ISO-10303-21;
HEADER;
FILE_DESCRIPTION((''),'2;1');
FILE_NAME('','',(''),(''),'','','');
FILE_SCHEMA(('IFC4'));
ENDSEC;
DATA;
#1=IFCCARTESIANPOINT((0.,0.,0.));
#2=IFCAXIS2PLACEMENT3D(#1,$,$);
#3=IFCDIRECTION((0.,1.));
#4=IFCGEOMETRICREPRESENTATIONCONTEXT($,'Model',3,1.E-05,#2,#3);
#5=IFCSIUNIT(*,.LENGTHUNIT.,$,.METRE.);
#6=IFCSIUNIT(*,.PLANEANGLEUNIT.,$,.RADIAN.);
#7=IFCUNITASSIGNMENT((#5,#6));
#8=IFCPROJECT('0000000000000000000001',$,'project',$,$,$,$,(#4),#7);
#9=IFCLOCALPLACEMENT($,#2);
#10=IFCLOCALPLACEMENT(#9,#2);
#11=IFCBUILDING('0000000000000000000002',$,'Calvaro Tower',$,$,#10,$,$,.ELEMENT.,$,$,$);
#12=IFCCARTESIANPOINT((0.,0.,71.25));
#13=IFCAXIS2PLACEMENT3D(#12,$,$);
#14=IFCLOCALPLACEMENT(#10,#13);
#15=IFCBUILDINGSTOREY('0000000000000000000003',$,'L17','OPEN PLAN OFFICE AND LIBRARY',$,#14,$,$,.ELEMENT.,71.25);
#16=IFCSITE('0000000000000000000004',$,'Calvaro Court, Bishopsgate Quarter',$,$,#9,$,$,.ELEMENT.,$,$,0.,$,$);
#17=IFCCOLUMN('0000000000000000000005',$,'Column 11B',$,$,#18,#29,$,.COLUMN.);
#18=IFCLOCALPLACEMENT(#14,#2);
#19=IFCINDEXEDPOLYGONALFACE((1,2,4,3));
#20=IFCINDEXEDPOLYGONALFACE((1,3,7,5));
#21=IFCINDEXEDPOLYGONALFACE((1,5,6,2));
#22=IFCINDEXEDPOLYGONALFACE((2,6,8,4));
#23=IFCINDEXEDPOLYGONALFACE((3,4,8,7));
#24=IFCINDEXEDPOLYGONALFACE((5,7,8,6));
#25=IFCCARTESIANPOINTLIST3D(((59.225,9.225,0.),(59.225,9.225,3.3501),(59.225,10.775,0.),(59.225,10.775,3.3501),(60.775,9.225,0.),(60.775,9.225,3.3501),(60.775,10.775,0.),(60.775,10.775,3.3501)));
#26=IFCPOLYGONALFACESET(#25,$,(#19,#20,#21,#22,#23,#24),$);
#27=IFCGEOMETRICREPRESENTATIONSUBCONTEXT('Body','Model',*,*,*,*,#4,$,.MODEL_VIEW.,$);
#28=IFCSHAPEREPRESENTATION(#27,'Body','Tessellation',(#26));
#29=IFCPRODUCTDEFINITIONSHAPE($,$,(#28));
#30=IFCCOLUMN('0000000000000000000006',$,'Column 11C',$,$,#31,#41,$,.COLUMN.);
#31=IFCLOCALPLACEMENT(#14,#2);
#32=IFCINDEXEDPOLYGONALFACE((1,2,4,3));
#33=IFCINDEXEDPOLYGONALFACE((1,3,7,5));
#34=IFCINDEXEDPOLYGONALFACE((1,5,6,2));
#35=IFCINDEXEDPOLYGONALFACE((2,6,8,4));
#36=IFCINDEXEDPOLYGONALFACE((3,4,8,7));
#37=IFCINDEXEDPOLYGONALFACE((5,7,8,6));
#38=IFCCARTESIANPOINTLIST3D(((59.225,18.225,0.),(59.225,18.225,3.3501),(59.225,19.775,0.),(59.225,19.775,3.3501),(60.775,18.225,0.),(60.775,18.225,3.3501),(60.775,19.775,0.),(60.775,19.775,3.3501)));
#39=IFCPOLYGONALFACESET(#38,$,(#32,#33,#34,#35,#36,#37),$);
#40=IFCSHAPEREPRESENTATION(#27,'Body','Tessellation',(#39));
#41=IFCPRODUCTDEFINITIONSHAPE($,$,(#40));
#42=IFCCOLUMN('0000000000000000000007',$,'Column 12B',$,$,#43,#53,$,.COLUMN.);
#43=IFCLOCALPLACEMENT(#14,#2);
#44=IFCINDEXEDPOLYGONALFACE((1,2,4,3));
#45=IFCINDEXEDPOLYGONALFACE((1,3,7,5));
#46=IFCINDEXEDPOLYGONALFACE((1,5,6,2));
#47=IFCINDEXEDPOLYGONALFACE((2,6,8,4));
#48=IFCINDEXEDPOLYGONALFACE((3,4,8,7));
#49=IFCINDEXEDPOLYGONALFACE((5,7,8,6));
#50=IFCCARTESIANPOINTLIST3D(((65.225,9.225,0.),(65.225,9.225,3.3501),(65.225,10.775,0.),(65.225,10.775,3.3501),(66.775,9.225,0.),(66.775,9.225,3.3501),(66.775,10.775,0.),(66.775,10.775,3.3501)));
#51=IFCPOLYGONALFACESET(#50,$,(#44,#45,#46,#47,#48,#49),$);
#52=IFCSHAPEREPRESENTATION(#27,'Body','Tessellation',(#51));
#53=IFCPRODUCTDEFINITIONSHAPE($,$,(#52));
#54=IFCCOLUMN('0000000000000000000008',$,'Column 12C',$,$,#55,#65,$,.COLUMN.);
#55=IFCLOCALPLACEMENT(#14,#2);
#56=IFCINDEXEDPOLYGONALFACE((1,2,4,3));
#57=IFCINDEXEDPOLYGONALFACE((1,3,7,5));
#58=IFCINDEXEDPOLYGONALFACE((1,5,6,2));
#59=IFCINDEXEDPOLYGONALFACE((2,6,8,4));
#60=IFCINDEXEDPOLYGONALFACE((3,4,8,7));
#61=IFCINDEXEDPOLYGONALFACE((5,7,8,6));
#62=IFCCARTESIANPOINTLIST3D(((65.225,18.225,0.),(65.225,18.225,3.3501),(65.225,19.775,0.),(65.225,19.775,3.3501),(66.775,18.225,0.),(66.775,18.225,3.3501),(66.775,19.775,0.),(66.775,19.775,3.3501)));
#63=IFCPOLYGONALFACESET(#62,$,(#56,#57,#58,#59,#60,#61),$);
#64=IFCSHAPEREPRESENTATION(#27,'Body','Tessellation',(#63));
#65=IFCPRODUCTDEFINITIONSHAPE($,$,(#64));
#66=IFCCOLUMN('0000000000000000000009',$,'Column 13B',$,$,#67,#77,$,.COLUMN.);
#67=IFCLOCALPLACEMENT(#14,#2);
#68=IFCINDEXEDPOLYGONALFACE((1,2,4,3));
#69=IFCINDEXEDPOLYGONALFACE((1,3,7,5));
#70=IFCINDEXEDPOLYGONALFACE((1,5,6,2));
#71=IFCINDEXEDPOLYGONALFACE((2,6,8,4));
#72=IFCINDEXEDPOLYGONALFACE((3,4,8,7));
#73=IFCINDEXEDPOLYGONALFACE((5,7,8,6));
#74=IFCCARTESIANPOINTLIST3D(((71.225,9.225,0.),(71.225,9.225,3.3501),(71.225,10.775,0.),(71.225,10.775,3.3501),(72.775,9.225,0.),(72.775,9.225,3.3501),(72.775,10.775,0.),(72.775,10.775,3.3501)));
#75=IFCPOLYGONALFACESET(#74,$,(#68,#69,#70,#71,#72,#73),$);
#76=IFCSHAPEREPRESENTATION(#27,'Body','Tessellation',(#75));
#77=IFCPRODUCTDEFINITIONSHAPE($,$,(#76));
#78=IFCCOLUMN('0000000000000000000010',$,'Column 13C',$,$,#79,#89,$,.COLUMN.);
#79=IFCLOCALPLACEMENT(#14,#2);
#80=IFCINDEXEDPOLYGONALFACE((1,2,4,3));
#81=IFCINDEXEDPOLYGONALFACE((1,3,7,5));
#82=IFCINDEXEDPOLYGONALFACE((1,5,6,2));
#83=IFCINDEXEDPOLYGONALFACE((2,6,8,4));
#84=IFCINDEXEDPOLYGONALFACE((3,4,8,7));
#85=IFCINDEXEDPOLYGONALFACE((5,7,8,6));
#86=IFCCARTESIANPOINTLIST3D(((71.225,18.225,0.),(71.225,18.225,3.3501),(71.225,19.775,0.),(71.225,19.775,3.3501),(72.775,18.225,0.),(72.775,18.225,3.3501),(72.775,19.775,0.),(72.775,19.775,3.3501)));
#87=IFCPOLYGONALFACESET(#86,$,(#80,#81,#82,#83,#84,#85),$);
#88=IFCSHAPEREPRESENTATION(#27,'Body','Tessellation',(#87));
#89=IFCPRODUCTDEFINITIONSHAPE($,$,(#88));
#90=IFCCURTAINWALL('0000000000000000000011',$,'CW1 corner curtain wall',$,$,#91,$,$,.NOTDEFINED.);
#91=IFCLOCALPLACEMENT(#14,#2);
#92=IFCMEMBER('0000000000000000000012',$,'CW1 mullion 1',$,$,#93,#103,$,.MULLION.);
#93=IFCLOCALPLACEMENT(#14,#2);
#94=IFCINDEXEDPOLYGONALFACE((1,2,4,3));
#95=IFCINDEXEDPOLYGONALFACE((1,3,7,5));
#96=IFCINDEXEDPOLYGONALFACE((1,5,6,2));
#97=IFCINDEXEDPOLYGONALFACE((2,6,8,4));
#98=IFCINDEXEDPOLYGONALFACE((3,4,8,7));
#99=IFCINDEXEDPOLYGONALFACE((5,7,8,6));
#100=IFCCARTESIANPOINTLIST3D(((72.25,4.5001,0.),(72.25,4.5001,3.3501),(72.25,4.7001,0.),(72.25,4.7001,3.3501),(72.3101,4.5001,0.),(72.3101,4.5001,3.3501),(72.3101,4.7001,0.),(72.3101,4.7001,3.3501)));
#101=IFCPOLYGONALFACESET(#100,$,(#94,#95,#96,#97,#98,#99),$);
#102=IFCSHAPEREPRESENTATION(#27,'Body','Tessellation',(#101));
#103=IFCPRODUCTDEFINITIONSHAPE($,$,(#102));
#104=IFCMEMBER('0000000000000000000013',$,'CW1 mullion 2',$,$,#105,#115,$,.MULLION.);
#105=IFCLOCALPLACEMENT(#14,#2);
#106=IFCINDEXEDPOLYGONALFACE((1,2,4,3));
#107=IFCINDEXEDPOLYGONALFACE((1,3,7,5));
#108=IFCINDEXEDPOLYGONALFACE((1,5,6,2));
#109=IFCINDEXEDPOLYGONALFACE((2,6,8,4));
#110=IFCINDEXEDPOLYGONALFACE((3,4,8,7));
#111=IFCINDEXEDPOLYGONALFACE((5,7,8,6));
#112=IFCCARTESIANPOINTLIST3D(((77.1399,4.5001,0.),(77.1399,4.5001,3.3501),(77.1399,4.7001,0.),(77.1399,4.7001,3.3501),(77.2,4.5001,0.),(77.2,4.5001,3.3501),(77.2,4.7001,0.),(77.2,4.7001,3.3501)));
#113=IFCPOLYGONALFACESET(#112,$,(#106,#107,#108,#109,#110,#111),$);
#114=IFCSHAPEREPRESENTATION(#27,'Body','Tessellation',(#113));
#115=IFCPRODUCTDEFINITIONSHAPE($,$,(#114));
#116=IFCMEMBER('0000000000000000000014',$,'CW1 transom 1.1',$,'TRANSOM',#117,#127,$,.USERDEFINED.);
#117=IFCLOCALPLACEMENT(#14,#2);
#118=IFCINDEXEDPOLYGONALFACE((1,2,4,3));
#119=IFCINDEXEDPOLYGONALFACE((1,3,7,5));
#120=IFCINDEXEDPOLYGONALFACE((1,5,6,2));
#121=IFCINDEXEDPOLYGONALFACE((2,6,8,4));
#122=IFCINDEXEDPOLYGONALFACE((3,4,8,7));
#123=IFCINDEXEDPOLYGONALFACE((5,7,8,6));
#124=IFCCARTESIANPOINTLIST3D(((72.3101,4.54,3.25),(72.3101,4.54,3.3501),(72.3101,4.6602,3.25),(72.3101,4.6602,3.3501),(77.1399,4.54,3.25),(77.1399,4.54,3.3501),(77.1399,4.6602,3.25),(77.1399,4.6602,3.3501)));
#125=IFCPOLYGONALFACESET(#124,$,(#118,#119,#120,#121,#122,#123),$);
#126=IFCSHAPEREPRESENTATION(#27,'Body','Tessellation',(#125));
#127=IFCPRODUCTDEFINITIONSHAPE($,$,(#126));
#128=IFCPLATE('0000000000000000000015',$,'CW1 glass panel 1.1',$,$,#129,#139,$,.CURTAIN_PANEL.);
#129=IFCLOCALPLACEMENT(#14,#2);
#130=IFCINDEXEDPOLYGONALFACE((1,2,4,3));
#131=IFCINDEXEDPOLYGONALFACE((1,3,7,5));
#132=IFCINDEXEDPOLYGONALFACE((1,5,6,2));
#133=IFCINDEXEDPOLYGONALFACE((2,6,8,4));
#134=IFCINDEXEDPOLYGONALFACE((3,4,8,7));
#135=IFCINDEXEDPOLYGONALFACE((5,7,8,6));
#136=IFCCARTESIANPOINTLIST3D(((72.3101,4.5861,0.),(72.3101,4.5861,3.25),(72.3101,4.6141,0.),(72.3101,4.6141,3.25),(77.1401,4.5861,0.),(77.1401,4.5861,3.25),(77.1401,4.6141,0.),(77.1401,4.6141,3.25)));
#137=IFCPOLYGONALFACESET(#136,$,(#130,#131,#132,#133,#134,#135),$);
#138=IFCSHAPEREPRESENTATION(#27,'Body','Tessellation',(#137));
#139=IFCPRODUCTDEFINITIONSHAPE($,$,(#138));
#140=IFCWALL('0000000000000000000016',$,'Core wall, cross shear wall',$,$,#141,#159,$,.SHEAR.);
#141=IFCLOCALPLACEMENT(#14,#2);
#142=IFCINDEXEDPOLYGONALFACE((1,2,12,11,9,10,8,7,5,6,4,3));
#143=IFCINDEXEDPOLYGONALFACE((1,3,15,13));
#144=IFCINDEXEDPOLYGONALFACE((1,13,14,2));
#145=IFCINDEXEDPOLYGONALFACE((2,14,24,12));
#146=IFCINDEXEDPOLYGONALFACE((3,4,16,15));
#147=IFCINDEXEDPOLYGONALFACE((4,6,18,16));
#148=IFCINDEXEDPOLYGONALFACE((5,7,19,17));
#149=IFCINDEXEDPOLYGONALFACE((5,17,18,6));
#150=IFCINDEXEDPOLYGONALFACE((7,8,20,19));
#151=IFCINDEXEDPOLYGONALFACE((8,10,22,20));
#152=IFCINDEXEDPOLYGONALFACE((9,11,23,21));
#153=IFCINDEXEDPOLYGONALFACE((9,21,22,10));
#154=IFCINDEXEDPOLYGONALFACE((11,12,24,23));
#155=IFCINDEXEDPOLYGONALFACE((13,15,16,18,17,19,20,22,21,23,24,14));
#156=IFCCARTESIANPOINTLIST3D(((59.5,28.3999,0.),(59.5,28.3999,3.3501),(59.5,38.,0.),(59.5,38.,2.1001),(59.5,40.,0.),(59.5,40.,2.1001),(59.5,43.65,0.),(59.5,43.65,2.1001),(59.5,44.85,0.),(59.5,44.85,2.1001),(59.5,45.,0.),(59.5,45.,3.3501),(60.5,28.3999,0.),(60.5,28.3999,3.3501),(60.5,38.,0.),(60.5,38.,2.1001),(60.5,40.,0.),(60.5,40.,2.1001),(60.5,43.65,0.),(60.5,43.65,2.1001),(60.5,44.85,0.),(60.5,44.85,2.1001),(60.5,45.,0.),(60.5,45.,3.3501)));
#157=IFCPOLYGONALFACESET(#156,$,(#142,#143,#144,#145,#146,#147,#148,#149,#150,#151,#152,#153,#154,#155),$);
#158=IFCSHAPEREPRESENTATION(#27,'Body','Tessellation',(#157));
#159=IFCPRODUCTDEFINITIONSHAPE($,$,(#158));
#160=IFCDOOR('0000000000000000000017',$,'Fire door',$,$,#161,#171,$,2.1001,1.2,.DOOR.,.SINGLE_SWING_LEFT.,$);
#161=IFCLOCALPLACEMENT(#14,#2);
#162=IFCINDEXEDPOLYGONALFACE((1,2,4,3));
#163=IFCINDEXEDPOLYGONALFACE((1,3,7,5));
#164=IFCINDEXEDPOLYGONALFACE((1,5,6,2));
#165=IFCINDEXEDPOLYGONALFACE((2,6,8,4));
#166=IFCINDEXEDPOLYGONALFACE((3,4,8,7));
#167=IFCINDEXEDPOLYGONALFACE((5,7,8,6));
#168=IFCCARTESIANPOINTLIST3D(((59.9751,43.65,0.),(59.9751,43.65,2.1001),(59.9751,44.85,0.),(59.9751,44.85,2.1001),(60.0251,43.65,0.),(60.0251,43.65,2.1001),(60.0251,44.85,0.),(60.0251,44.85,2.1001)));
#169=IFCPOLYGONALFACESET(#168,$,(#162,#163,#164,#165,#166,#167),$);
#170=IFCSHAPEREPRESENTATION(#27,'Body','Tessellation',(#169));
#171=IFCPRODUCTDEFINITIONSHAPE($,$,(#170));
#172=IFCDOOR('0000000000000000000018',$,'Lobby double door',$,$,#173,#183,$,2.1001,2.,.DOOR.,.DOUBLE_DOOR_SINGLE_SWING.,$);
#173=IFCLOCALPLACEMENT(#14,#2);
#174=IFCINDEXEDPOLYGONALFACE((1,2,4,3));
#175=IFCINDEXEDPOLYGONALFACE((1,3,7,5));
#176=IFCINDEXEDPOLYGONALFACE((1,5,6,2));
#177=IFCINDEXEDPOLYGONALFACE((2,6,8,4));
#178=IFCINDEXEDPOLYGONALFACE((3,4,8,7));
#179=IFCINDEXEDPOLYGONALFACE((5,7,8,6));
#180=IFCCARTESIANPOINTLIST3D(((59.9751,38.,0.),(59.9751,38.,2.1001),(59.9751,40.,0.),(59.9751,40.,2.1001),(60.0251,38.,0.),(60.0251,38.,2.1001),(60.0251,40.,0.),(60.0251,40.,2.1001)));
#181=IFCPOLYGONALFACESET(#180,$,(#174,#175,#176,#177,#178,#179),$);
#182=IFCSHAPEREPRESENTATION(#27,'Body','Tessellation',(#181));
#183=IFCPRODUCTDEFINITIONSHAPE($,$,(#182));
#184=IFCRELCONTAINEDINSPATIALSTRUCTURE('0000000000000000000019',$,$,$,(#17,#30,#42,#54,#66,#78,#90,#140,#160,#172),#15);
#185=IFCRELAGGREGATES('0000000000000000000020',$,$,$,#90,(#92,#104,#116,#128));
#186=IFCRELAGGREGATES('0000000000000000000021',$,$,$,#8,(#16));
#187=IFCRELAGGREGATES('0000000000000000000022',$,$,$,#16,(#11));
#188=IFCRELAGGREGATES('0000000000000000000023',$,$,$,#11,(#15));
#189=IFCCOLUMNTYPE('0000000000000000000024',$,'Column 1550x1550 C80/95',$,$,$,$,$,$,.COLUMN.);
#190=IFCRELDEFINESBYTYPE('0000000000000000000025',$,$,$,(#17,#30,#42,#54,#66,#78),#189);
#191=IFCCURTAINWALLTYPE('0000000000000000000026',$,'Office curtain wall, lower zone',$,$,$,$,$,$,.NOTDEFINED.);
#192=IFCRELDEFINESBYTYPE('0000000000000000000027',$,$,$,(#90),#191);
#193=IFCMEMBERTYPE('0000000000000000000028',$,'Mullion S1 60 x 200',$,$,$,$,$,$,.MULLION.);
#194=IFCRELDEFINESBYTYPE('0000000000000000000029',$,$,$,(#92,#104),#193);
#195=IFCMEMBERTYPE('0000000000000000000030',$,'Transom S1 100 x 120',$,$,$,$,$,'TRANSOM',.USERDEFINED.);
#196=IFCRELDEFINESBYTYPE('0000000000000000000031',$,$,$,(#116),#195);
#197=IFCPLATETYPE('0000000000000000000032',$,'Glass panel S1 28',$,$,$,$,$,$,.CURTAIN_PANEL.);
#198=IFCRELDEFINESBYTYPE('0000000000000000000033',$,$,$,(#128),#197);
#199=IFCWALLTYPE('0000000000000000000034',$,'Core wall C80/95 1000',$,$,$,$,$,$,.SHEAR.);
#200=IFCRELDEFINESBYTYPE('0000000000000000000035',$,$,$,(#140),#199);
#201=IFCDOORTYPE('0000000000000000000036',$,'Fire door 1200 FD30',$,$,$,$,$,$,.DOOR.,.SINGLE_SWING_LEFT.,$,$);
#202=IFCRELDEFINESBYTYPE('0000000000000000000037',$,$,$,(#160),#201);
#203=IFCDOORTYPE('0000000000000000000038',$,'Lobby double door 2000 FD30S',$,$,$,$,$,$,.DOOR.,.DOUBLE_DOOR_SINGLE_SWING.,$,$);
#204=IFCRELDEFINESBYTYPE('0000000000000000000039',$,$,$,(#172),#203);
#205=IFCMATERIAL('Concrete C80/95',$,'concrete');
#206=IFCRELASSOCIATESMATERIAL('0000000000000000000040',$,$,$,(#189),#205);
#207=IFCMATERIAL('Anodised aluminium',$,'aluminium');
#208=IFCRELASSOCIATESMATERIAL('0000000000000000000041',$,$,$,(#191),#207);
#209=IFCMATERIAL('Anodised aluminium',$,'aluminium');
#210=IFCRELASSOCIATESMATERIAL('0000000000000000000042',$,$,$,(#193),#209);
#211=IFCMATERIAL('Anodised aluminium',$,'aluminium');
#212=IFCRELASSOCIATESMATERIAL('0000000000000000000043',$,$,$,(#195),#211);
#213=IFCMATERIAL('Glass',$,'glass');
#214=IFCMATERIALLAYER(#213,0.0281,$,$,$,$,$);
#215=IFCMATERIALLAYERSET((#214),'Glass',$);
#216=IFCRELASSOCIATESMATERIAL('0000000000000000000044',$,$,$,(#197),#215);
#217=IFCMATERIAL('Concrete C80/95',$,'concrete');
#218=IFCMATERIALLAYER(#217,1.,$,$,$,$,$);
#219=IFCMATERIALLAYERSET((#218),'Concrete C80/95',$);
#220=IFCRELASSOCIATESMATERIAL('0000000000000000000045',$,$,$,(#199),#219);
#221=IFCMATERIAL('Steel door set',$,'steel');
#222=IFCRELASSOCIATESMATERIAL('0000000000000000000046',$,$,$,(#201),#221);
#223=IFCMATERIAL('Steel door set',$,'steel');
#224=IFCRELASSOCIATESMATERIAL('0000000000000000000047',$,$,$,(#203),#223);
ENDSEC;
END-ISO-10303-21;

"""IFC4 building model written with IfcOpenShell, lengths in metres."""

from ifc_helpers import new_model, si_unit, direction, frame, frame_2d, origin, origin_2d, place, context, subcontext, project, spatial, rectangle, extrude, material, layer, layer_set, material_profile, profile_set, type_object, element, fill, aggregate, save


model = new_model("IFC4")

# Units and contexts
model_context = context("Model", 3, precision=1e-05, world=origin(), true_north=direction((0.0, 1.0)))
body_context = subcontext(model_context, "Body", "Model", "MODEL_VIEW")
ifc_project = project(units=[si_unit("LENGTHUNIT", "METRE"), si_unit("PLANEANGLEUNIT", "RADIAN")], contexts=[model_context])

# Site, building, storey
site_placement = place(None, origin())
site = spatial("IfcSite", under=ifc_project, at=site_placement, Name="Calvaro Court, Bishopsgate Quarter", CompositionType="ELEMENT", RefElevation=0.0)
building_placement = place(site_placement, origin())
building = spatial("IfcBuilding", under=site, at=building_placement, Name="Calvaro Tower", CompositionType="ELEMENT")
storey_placement = place(building_placement, frame((0.0, 0.0, 71.25)))
storey = spatial("IfcBuildingStorey", under=building, at=storey_placement, Name="L17", Description="OPEN PLAN OFFICE AND LIBRARY", CompositionType="ELEMENT", Elevation=71.25)

# Columns
ifc_material_1 = material(Name="Concrete C80/95", Category="concrete")
ifc_material_profile_1 = material_profile(ifc_material_1, rectangle(XDim=1.55, YDim=1.55, at=origin_2d()), Name="RC 1550x1550")
ifc_profile_set_1 = profile_set([ifc_material_profile_1], Name="Concrete C80/95")
column_type = type_object("IfcColumnType", Name="Column 1550x1550 C80/95", PredefinedType="COLUMN", material=ifc_profile_set_1)
for number, where, z_axis, x_axis, name in (
    (1, (60.0, 10.0, 0.0), (0.0, 0.0, 1.0), (1.0, 0.0, 0.0), "Column 11B"),
    (2, (60.0, 19.0, 0.0), (0.0, 0.0, 1.0), (1.0, 0.0, 0.0), "Column 11C"),
    (3, (66.0, 10.0, 0.0), (0.0, 0.0, 1.0), (1.0, 0.0, 0.0), "Column 12B"),
    (4, (66.0, 19.0, 0.0), (0.0, 0.0, 1.0), (1.0, 0.0, 0.0), "Column 12C"),
    (5, (72.0, 10.0, 0.0), (0.0, 0.0, 1.0), (1.0, 0.0, 0.0), "Column 13B"),
    (6, (72.0, 19.0, 0.0), (0.0, 0.0, 1.0), (1.0, 0.0, 0.0), "Column 13C"),
):
    element("IfcColumn", number, at=place(storey_placement, frame(where, z_axis=z_axis, x_axis=x_axis)), inside=storey, type_object=column_type, Name=name, PredefinedType="COLUMN", context=body_context, shape_type="SweptSolid", body=[
        extrude(rectangle(XDim=1.55, YDim=1.55, at=origin_2d()), origin(), (0.0, 0.0, 1.0), 3.3501),
    ])

# Curtain wall, members, plate
ifc_material_2 = material(Name="Anodised aluminium", Category="aluminium")
curtain_wall_type = type_object("IfcCurtainWallType", Name="Office curtain wall, lower zone", PredefinedType="NOTDEFINED", material=ifc_material_2)
curtain_wall_placement = place(storey_placement, origin())
curtain_wall = element("IfcCurtainWall", 7, at=curtain_wall_placement, inside=storey, type_object=curtain_wall_type, Name="CW1 corner curtain wall", PredefinedType="NOTDEFINED")
ifc_material_3 = material(Name="Anodised aluminium", Category="aluminium")
ifc_material_profile_2 = material_profile(ifc_material_3, rectangle(XDim=0.2, YDim=0.0601, at=origin_2d()), Name="Mullion S1 60 x 200")
ifc_profile_set_2 = profile_set([ifc_material_profile_2], Name="Anodised aluminium")
member_type_1 = type_object("IfcMemberType", Name="Mullion S1 60 x 200", PredefinedType="MULLION", material=ifc_profile_set_2)
member_1_placement = place(storey_placement, frame((72.28, 4.6001, 0.0), z_axis=(0.0, 0.0, 1.0), x_axis=(0.0, 1.0, 0.0)))
member_1 = element("IfcMember", 8, at=member_1_placement, type_object=member_type_1, Name="CW1 mullion 1", PredefinedType="MULLION", context=body_context, shape_type="SweptSolid", body=[
    extrude(rectangle(XDim=0.2, YDim=0.0601, at=origin_2d()), origin(), (0.0, 0.0, 1.0), 3.3501),
])
member_2_placement = place(storey_placement, frame((77.1699, 4.6001, 0.0), z_axis=(0.0, 0.0, 1.0), x_axis=(0.0, 1.0, 0.0)))
member_2 = element("IfcMember", 9, at=member_2_placement, type_object=member_type_1, Name="CW1 mullion 2", PredefinedType="MULLION", context=body_context, shape_type="SweptSolid", body=[
    extrude(rectangle(XDim=0.2, YDim=0.0601, at=origin_2d()), origin(), (0.0, 0.0, 1.0), 3.3501),
])
ifc_material_4 = material(Name="Anodised aluminium", Category="aluminium")
ifc_material_profile_3 = material_profile(ifc_material_4, rectangle(XDim=0.1201, YDim=0.1001, at=origin_2d()), Name="Transom S1 100 x 120")
ifc_profile_set_3 = profile_set([ifc_material_profile_3], Name="Anodised aluminium")
member_type_2 = type_object("IfcMemberType", Name="Transom S1 100 x 120", ElementType="TRANSOM", PredefinedType="USERDEFINED", material=ifc_profile_set_3)
member_3_placement = place(storey_placement, frame((72.3101, 4.6001, 3.3), z_axis=(1.0, 0.0, 0.0), x_axis=(0.0, 1.0, 0.0)))
member_3 = element("IfcMember", 10, at=member_3_placement, type_object=member_type_2, Name="CW1 transom 1.1", ObjectType="TRANSOM", PredefinedType="USERDEFINED", context=body_context, shape_type="SweptSolid", body=[
    extrude(rectangle(XDim=0.1201, YDim=0.1001, at=origin_2d()), origin(), (0.0, 0.0, 1.0), 4.8298),
])
ifc_material_5 = material(Name="Glass", Category="glass")
ifc_layer_1 = layer(ifc_material_5, 0.0281)
ifc_layer_set_1 = layer_set([ifc_layer_1], Name="Glass")
plate_type = type_object("IfcPlateType", Name="Glass panel S1 28", PredefinedType="CURTAIN_PANEL", material=ifc_layer_set_1)
plate_placement = place(storey_placement, frame((74.7251, 4.6001, 0.0), z_axis=(0.0, 0.0, 1.0), x_axis=(1.0, 0.0, 0.0)))
plate = element("IfcPlate", 11, at=plate_placement, type_object=plate_type, Name="CW1 glass panel 1.1", PredefinedType="CURTAIN_PANEL", context=body_context, shape_type="SweptSolid", body=[
    extrude(rectangle(XDim=4.8301, YDim=0.0281, at=origin_2d()), origin(), (0.0, 0.0, 1.0), 3.25),
])
aggregate(curtain_wall, [member_1, member_2, member_3, plate])

# Wall, openings, doors
ifc_material_6 = material(Name="Concrete C80/95", Category="concrete")
ifc_layer_2 = layer(ifc_material_6, 1.0)
ifc_layer_set_2 = layer_set([ifc_layer_2], Name="Concrete C80/95")
wall_type_1 = type_object("IfcWallType", Name="Core wall C80/95 1000", PredefinedType="SHEAR", material=ifc_layer_set_2)
wall_1_placement = place(storey_placement, frame((60.0, 28.3999, 0.0), z_axis=(0.0, 0.0, 1.0), x_axis=(0.0, 1.0, 0.0)))
wall_1 = element("IfcWall", 12, at=wall_1_placement, inside=storey, type_object=wall_type_1, Name="Core wall, cross shear wall", PredefinedType="SHEAR", context=body_context, shape_type="SweptSolid", body=[
    extrude(rectangle(XDim=16.6001, YDim=1.0, at=frame_2d((8.3, 0.0))), origin(), (0.0, 0.0, 1.0), 3.3501),
])
opening_1_placement = place(wall_1_placement, frame((9.6001, 0.0, 0.0)))
opening_1 = element("IfcOpeningElement", 13, at=opening_1_placement, cuts=wall_1, PredefinedType="OPENING", context=body_context, shape_type="SweptSolid", body=[
    extrude(rectangle(XDim=2.0, YDim=2.1001, at=frame_2d((1.0, 1.05))), frame((0.0, 0.51, 0.0), z_axis=(0.0, -1.0, 0.0), x_axis=(1.0, 0.0, 0.0)), (0.0, 0.0, 1.0), 1.02),
])
opening_2_placement = place(wall_1_placement, frame((15.25, 0.0, 0.0)))
opening_2 = element("IfcOpeningElement", 14, at=opening_2_placement, cuts=wall_1, PredefinedType="OPENING", context=body_context, shape_type="SweptSolid", body=[
    extrude(rectangle(XDim=1.2, YDim=2.1001, at=frame_2d((0.6001, 1.05))), frame((0.0, 0.51, 0.0), z_axis=(0.0, -1.0, 0.0), x_axis=(1.0, 0.0, 0.0)), (0.0, 0.0, 1.0), 1.02),
])
ifc_material_7 = material(Name="Steel door set", Category="steel")
door_type_1 = type_object("IfcDoorType", Name="Fire door 1200 FD30", OperationType="SINGLE_SWING_LEFT", PredefinedType="DOOR", material=ifc_material_7)
door_1_placement = place(opening_2_placement, origin())
door_1 = element("IfcDoor", 15, at=door_1_placement, inside=storey, type_object=door_type_1, Name="Fire door", OperationType="SINGLE_SWING_LEFT", OverallHeight=2.1001, OverallWidth=1.2, PredefinedType="DOOR", context=body_context, shape_type="SweptSolid", body=[
    extrude(rectangle(XDim=1.2, YDim=2.1001, at=frame_2d((0.6001, 1.05))), frame((0.0, 0.0249, 0.0), z_axis=(0.0, -1.0, 0.0), x_axis=(1.0, 0.0, 0.0)), (0.0, 0.0, 1.0), 0.05),
])
fill(opening_2, door_1)
ifc_material_8 = material(Name="Steel door set", Category="steel")
door_type_2 = type_object("IfcDoorType", Name="Lobby double door 2000 FD30S", OperationType="DOUBLE_DOOR_SINGLE_SWING", PredefinedType="DOOR", material=ifc_material_8)
door_2_placement = place(opening_1_placement, origin())
door_2 = element("IfcDoor", 16, at=door_2_placement, inside=storey, type_object=door_type_2, Name="Lobby double door", OperationType="DOUBLE_DOOR_SINGLE_SWING", OverallHeight=2.1001, OverallWidth=2.0, PredefinedType="DOOR", context=body_context, shape_type="SweptSolid", body=[
    extrude(rectangle(XDim=2.0, YDim=2.1001, at=frame_2d((1.0, 1.05))), frame((0.0, 0.0249, 0.0), z_axis=(0.0, -1.0, 0.0), x_axis=(1.0, 0.0, 0.0)), (0.0, 0.0, 1.0), 0.05),
])
fill(opening_1, door_2)

save(model, "model.ifc")
